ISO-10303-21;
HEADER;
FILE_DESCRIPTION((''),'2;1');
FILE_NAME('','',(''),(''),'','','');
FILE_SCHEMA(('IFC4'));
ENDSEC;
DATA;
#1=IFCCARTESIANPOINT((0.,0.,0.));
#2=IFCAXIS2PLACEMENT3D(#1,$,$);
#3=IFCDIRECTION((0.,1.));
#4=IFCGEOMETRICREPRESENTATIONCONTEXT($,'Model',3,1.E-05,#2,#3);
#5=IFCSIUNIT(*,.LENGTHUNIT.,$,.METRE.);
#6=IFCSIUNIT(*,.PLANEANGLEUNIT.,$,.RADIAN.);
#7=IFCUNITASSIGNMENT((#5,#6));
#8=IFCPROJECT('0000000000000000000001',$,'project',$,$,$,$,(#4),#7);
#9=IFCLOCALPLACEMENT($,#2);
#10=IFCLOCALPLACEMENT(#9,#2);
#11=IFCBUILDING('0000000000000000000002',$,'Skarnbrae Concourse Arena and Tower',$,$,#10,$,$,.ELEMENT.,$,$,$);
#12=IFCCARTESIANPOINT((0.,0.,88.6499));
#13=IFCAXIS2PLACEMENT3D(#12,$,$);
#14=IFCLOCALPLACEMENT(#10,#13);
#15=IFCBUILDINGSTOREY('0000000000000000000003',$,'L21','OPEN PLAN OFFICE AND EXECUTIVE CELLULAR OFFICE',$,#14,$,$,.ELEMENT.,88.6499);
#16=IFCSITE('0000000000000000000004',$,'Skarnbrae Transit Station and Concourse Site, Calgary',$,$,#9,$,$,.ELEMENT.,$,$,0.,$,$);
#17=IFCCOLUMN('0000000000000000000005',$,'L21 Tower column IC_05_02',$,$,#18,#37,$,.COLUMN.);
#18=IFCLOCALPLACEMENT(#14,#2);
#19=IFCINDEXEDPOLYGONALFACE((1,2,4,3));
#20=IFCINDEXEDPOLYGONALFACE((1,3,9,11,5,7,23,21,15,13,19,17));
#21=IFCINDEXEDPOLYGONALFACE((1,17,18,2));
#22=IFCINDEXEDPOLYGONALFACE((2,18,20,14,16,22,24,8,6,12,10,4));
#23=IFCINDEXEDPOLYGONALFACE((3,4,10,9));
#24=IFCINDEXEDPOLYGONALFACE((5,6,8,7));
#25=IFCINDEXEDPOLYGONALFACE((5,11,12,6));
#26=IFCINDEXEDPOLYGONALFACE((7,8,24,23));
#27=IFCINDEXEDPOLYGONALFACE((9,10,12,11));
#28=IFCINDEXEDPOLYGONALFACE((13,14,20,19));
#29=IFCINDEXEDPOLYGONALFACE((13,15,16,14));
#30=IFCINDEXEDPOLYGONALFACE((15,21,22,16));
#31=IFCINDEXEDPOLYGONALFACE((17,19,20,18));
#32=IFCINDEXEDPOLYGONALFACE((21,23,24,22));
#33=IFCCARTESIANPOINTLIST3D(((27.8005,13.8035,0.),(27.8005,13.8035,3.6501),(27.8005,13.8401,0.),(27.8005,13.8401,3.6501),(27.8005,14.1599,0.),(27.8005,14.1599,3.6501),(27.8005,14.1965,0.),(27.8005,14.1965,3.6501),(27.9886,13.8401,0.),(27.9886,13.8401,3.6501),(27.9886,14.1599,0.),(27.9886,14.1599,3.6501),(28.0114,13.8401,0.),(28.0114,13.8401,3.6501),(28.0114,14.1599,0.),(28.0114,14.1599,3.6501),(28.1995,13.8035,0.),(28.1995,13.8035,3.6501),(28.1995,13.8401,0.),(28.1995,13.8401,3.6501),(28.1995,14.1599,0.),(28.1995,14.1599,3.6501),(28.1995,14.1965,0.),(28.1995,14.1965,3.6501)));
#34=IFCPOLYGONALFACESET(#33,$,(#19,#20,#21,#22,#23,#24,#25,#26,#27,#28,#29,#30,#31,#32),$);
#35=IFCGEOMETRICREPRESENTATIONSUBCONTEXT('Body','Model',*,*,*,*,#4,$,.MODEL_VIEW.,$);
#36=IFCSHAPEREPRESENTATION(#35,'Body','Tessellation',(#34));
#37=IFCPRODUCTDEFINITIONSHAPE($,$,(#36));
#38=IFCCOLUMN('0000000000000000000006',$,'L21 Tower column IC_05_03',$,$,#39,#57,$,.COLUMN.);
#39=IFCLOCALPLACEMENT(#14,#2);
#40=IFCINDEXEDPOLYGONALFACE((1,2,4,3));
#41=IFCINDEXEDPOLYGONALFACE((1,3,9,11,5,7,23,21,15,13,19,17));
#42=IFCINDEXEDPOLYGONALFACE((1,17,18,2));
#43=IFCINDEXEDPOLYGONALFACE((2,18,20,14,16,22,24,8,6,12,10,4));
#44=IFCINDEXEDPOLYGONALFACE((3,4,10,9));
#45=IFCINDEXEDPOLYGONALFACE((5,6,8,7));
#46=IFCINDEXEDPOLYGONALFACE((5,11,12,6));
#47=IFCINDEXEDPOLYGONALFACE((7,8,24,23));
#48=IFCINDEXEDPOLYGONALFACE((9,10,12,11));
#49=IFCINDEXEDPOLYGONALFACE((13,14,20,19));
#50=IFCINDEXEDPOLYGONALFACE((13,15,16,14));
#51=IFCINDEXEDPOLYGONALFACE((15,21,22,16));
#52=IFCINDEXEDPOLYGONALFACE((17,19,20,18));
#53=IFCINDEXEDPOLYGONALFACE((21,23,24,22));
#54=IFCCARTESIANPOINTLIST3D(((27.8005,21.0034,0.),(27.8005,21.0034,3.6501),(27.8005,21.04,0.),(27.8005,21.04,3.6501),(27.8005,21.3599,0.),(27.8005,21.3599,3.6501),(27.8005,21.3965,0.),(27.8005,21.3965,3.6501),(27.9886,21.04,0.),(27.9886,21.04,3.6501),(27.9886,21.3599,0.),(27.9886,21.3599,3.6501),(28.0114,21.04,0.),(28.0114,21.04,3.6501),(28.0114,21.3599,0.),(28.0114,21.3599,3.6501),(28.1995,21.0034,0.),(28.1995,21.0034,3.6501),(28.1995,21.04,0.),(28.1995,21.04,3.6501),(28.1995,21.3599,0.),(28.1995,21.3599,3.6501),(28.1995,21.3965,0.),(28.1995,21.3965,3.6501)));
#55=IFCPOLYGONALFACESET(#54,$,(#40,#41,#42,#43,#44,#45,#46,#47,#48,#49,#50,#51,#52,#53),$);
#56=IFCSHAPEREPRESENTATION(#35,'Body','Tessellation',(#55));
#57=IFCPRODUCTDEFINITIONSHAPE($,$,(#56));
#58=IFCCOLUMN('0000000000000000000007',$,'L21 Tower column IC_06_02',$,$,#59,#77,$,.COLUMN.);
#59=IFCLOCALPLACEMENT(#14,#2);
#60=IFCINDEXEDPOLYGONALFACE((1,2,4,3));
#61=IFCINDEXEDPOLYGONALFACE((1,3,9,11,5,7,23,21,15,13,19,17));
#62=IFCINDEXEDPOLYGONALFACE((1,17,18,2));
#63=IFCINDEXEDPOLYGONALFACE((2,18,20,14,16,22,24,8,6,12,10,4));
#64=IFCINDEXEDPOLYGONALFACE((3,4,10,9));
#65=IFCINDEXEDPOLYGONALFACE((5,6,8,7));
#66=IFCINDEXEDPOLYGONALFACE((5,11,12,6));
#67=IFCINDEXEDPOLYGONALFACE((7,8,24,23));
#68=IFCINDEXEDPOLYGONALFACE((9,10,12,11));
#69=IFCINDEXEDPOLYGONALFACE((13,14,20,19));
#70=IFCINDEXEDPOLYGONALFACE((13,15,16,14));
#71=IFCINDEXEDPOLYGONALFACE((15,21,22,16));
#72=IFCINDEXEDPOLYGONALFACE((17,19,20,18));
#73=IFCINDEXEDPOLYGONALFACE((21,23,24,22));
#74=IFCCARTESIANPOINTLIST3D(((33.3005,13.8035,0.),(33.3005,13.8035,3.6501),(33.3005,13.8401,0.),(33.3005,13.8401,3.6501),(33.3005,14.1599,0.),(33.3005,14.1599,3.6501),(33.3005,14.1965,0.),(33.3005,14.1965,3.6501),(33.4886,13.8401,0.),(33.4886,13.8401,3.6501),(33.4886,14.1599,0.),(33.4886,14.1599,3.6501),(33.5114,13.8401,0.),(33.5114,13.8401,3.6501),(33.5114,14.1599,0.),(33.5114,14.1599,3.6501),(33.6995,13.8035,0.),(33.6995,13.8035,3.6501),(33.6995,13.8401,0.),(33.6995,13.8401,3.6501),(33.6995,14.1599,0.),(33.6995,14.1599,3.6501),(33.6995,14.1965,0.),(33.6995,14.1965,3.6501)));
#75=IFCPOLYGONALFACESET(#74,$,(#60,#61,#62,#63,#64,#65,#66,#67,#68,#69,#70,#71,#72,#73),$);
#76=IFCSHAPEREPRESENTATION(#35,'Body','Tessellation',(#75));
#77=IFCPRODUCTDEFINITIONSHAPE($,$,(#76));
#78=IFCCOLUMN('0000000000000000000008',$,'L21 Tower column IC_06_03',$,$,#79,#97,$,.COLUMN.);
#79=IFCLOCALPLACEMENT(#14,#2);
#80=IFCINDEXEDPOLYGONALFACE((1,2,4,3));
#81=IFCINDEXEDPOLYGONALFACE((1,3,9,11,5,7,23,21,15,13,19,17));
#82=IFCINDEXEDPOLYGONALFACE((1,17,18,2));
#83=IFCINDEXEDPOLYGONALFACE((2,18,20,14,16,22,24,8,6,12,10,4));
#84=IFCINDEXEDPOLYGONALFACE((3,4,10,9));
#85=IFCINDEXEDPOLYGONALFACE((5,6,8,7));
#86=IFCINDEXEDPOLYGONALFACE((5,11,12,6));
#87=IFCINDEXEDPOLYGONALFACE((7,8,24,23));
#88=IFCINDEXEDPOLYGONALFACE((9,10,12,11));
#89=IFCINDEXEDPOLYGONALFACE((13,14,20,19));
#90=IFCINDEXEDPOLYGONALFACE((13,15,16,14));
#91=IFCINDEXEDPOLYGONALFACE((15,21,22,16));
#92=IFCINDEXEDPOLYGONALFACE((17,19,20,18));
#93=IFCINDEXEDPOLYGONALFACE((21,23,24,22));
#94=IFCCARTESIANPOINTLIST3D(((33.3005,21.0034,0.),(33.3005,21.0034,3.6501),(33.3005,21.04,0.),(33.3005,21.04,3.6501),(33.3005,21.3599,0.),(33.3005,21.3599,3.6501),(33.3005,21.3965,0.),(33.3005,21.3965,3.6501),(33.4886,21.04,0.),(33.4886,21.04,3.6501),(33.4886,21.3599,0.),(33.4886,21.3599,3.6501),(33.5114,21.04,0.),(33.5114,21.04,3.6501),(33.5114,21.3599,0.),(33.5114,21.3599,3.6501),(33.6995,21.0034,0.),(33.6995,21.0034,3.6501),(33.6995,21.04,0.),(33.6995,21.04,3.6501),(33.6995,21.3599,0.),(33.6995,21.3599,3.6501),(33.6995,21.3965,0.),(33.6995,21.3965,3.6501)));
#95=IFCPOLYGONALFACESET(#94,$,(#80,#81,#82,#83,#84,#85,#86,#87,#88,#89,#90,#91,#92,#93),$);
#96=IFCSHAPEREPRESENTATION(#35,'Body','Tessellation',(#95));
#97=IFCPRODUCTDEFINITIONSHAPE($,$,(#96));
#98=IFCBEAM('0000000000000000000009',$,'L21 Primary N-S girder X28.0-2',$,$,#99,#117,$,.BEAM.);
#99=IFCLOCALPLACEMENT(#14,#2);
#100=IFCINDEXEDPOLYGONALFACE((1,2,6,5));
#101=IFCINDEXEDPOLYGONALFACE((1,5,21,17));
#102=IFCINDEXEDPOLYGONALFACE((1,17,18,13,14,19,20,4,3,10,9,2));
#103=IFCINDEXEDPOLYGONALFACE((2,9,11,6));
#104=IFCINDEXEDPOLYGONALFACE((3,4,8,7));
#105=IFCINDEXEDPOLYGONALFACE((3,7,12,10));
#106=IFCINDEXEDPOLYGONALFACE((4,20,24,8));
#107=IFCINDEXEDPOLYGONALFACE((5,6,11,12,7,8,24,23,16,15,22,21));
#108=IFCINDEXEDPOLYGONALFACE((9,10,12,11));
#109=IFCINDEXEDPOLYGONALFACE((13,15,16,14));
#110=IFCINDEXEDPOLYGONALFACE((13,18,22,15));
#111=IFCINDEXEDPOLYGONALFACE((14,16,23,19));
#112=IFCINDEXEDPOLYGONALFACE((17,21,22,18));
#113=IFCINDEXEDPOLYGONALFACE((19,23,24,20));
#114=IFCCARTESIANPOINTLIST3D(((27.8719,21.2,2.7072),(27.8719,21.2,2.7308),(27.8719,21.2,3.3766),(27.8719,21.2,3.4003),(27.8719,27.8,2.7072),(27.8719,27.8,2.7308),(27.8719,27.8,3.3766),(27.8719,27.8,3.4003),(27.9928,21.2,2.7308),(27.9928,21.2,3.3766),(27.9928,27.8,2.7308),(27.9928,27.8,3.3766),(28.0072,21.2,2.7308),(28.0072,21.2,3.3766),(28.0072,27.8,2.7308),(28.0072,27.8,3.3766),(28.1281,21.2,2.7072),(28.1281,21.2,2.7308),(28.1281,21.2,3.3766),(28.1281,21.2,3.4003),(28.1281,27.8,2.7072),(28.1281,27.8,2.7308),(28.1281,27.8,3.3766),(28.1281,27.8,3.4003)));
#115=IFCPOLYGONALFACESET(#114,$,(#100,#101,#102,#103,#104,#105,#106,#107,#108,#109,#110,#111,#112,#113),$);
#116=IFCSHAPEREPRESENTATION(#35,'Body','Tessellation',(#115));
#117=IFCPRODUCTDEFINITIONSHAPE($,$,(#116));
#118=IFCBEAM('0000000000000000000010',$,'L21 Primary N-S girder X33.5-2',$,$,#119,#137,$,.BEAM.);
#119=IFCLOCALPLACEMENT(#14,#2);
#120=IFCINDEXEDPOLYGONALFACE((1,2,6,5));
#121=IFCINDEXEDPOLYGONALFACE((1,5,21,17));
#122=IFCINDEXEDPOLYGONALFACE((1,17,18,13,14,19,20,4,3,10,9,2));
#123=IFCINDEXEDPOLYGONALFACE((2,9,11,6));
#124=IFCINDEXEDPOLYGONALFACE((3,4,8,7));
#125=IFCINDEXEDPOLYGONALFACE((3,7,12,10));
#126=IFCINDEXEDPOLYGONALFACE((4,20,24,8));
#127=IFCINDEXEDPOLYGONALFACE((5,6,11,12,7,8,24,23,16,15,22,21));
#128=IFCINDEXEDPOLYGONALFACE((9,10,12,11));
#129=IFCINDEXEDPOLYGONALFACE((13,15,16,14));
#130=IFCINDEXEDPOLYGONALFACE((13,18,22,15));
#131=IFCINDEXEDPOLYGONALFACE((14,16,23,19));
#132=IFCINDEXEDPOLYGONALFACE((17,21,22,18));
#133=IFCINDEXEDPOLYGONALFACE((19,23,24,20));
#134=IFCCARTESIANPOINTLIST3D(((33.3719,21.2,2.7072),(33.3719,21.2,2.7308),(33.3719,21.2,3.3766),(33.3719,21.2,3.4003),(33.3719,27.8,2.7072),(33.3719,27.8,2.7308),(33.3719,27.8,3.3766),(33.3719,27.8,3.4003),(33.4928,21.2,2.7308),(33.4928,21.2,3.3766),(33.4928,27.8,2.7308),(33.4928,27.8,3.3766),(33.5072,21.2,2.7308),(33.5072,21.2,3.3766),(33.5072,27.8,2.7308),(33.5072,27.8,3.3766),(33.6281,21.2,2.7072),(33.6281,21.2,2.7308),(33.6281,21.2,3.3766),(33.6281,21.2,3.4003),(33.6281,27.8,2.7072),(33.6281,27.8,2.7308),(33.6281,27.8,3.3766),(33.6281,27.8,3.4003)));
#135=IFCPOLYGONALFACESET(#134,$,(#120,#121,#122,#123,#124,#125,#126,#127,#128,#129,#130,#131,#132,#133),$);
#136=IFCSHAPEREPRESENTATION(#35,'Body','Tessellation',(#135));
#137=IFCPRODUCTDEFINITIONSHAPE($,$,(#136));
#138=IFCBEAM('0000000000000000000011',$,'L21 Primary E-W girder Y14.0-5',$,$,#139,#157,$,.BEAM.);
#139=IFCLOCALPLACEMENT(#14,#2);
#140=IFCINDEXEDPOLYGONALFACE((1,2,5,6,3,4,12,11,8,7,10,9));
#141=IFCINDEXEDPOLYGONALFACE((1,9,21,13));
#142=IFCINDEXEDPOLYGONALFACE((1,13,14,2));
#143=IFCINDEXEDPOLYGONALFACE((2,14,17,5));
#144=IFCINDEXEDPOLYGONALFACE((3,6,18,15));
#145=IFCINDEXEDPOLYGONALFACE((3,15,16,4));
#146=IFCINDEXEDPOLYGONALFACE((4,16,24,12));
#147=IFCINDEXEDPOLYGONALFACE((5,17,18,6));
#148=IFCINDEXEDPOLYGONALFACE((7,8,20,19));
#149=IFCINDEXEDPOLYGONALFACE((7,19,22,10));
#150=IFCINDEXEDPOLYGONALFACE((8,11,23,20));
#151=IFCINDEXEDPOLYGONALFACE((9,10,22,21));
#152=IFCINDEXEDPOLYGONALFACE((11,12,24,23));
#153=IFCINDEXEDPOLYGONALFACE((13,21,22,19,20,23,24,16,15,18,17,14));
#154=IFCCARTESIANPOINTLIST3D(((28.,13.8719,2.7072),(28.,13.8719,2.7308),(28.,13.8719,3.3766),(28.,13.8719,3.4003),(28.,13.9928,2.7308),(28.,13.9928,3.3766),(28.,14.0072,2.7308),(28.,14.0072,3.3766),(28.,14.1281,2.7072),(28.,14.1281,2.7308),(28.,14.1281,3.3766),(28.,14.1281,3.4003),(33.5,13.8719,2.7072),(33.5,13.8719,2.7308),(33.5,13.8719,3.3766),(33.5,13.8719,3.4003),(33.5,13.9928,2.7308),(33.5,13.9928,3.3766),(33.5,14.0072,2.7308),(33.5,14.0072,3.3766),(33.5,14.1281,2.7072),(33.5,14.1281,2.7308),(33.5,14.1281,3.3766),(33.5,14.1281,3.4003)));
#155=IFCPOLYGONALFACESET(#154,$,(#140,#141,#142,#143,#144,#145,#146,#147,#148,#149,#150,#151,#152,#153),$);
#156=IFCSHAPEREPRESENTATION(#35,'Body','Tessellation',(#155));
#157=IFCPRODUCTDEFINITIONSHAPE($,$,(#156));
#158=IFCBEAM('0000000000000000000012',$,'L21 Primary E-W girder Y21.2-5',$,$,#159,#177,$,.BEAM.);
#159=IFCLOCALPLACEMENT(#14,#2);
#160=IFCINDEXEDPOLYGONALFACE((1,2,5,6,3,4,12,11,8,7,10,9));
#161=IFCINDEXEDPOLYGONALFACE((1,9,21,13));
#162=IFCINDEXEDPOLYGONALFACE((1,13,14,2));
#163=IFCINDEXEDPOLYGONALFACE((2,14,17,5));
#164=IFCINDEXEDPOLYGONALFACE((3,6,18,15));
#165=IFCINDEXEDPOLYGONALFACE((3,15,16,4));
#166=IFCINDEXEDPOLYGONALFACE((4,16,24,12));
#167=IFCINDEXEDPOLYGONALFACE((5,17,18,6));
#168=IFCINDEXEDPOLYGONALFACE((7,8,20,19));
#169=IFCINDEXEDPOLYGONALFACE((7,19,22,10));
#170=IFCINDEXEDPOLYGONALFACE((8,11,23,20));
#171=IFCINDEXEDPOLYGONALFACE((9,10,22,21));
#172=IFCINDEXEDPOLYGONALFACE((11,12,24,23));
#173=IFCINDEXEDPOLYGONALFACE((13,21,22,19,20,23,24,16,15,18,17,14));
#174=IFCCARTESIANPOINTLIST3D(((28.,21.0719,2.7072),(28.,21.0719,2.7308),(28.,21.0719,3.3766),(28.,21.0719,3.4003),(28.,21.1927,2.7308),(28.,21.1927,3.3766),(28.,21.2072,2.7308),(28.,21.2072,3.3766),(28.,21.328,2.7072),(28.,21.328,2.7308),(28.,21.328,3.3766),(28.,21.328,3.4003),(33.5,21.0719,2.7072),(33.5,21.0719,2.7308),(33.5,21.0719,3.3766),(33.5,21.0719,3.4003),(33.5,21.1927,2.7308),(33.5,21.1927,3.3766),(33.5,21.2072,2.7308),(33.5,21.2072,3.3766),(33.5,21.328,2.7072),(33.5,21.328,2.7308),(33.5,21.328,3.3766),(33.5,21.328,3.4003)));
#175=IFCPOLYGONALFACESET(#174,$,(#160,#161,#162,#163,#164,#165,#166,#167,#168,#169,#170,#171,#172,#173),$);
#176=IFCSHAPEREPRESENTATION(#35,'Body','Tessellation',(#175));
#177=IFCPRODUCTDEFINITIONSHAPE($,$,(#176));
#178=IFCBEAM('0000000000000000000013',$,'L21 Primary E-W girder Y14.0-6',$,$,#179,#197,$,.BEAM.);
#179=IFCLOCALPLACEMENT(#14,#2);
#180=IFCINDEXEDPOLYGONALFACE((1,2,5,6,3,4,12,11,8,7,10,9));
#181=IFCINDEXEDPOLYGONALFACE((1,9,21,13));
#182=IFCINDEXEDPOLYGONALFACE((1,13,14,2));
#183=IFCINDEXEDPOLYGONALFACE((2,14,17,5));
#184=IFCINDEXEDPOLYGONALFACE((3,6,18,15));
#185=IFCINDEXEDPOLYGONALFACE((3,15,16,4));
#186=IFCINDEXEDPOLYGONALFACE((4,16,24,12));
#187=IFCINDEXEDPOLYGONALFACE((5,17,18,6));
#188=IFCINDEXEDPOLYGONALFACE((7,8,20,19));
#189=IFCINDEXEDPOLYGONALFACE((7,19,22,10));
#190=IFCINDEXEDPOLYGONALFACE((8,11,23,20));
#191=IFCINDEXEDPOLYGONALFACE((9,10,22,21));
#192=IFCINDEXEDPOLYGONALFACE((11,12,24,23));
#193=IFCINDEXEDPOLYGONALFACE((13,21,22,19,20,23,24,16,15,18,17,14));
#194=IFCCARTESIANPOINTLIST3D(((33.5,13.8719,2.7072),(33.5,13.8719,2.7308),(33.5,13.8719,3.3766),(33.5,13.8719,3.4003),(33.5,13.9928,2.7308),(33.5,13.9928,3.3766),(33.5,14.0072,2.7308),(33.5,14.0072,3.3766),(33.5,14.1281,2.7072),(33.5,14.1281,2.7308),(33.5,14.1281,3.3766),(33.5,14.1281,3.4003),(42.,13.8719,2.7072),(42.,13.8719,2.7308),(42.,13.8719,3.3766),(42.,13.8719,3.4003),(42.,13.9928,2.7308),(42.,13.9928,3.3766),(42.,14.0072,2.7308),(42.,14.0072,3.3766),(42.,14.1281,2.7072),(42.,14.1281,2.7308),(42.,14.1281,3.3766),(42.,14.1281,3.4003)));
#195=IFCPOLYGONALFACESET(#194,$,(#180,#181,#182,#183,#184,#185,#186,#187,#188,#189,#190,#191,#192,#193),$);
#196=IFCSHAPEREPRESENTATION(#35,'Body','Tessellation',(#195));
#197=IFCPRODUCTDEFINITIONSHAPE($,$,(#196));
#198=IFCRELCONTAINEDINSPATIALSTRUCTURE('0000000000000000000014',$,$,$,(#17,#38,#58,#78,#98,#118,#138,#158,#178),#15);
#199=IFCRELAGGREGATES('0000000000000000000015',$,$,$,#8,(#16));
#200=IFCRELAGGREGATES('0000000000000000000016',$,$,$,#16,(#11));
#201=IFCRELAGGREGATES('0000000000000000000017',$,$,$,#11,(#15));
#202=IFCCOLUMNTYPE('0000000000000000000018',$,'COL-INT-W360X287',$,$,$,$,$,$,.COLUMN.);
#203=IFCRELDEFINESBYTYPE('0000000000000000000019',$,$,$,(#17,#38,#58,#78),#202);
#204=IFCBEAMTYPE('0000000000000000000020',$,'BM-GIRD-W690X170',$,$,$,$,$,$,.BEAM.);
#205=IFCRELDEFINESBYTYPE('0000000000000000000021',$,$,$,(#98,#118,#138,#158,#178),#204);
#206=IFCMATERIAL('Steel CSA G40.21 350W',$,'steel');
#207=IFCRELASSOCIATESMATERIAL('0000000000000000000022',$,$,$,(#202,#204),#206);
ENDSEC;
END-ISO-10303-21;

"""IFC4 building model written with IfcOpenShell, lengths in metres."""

from ifc_helpers import new_model, si_unit, direction, frame, origin, origin_2d, place, context, subcontext, project, spatial, i_section, extrude, source, transform, mapped, material, material_profile, profile_set, type_object, element, save


model = new_model("IFC4")

# Units and contexts
model_context = context("Model", 3, precision=1e-05, world=origin(), true_north=direction((0.0, 1.0)))
body_context = subcontext(model_context, "Body", "Model", "MODEL_VIEW")
ifc_project = project(units=[si_unit("LENGTHUNIT", "METRE"), si_unit("PLANEANGLEUNIT", "RADIAN")], contexts=[model_context])

# Site, building, storey
site_placement = place(None, origin())
site = spatial("IfcSite", under=ifc_project, at=site_placement, Name="Skarnbrae Transit Station and Concourse Site, Calgary", CompositionType="ELEMENT", RefElevation=0.0)
building_placement = place(site_placement, origin())
building = spatial("IfcBuilding", under=site, at=building_placement, Name="Skarnbrae Concourse Arena and Tower", CompositionType="ELEMENT")
storey_placement = place(building_placement, frame((0.0, 0.0, 88.6499)))
storey = spatial("IfcBuildingStorey", under=building, at=storey_placement, Name="L21", Description="OPEN PLAN OFFICE AND EXECUTIVE CELLULAR OFFICE", CompositionType="ELEMENT", Elevation=88.6499)

# Columns
ifc_material_1 = material(Name="Steel CSA G40.21 350W", Category="steel")
ifc_material_profile_1 = material_profile(ifc_material_1, i_section(OverallWidth=0.3989, OverallDepth=0.3931, WebThickness=0.0227, FlangeThickness=0.0366, at=origin_2d()), Name="W360X287")
ifc_profile_set_1 = profile_set([ifc_material_profile_1], Name="Steel CSA G40.21 350W")
column_type = type_object("IfcColumnType", Name="COL-INT-W360X287", PredefinedType="COLUMN", material=ifc_profile_set_1)
shared_shape_1 = source(origin(), body_context, "Body", "SweptSolid", [
    extrude(i_section(OverallWidth=0.3989, OverallDepth=0.3931, WebThickness=0.0227, FlangeThickness=0.0366, at=origin_2d()), origin(), (0.0, 0.0, 1.0), 3.6501),
])
for number, where, z_axis, x_axis, name in (
    (1, (28.0, 14.0, 0.0), (0.0, 0.0, 1.0), (1.0, 0.0, 0.0), "L21 Tower column IC_05_02"),
    (2, (28.0, 21.2, 0.0), (0.0, 0.0, 1.0), (1.0, 0.0, 0.0), "L21 Tower column IC_05_03"),
    (3, (33.5, 14.0, 0.0), (0.0, 0.0, 1.0), (1.0, 0.0, 0.0), "L21 Tower column IC_06_02"),
    (4, (33.5, 21.2, 0.0), (0.0, 0.0, 1.0), (1.0, 0.0, 0.0), "L21 Tower column IC_06_03"),
):
    element("IfcColumn", number, at=place(storey_placement, frame(where, z_axis=z_axis, x_axis=x_axis)), inside=storey, type_object=column_type, Name=name, PredefinedType="COLUMN", context=body_context, shape_type="MappedRepresentation", body=[
        mapped(shared_shape_1, transform((0.0, 0.0, 0.0))),
    ])

# Beams
ifc_material_profile_2 = material_profile(ifc_material_1, i_section(OverallWidth=0.2561, OverallDepth=0.6931, WebThickness=0.0144, FlangeThickness=0.0237, at=origin_2d()), Name="W690X170")
ifc_profile_set_2 = profile_set([ifc_material_profile_2], Name="Steel CSA G40.21 350W")
beam_type_1 = type_object("IfcBeamType", Name="BM-GIRD-W690X170", PredefinedType="BEAM", material=ifc_profile_set_2)
shared_shape_2 = source(origin(), body_context, "Body", "SweptSolid", [
    extrude(i_section(OverallWidth=0.2561, OverallDepth=0.6931, WebThickness=0.0144, FlangeThickness=0.0237, at=origin_2d()), origin(), (0.0, 0.0, 1.0), 6.6001),
])
for number, where, z_axis, x_axis, name in (
    (5, (28.0, 21.2, 3.0537), (0.0, 1.0, 0.0), (-1.0, 0.0, 0.0), "L21 Primary N-S girder X28.0-2"),
    (6, (33.5, 21.2, 3.0537), (0.0, 1.0, 0.0), (-1.0, 0.0, 0.0), "L21 Primary N-S girder X33.5-2"),
):
    element("IfcBeam", number, at=place(storey_placement, frame(where, z_axis=z_axis, x_axis=x_axis)), inside=storey, type_object=beam_type_1, Name=name, PredefinedType="BEAM", context=body_context, shape_type="MappedRepresentation", body=[
        mapped(shared_shape_2, transform((0.0, 0.0, 0.0))),
    ])
shared_shape_3 = source(origin(), body_context, "Body", "SweptSolid", [
    extrude(i_section(OverallWidth=0.2561, OverallDepth=0.6931, WebThickness=0.0144, FlangeThickness=0.0237, at=origin_2d()), origin(), (0.0, 0.0, 1.0), 5.5),
])
for number, where, z_axis, x_axis, name in (
    (7, (28.0, 14.0, 3.0537), (1.0, 0.0, 0.0), (0.0, 1.0, 0.0), "L21 Primary E-W girder Y14.0-5"),
    (8, (28.0, 21.2, 3.0537), (1.0, 0.0, 0.0), (0.0, 1.0, 0.0), "L21 Primary E-W girder Y21.2-5"),
):
    element("IfcBeam", number, at=place(storey_placement, frame(where, z_axis=z_axis, x_axis=x_axis)), inside=storey, type_object=beam_type_1, Name=name, PredefinedType="BEAM", context=body_context, shape_type="MappedRepresentation", body=[
        mapped(shared_shape_3, transform((0.0, 0.0, 0.0))),
    ])
shared_shape_4 = source(origin(), body_context, "Body", "SweptSolid", [
    extrude(i_section(OverallWidth=0.2561, OverallDepth=0.6931, WebThickness=0.0144, FlangeThickness=0.0237, at=origin_2d()), origin(), (0.0, 0.0, 1.0), 8.5),
])
for number, where, z_axis, x_axis, name in (
    (9, (33.5, 14.0, 3.0537), (1.0, 0.0, 0.0), (0.0, 1.0, 0.0), "L21 Primary E-W girder Y14.0-6"),
):
    element("IfcBeam", number, at=place(storey_placement, frame(where, z_axis=z_axis, x_axis=x_axis)), inside=storey, type_object=beam_type_1, Name=name, PredefinedType="BEAM", context=body_context, shape_type="MappedRepresentation", body=[
        mapped(shared_shape_4, transform((0.0, 0.0, 0.0))),
    ])

save(model, "model.ifc")
